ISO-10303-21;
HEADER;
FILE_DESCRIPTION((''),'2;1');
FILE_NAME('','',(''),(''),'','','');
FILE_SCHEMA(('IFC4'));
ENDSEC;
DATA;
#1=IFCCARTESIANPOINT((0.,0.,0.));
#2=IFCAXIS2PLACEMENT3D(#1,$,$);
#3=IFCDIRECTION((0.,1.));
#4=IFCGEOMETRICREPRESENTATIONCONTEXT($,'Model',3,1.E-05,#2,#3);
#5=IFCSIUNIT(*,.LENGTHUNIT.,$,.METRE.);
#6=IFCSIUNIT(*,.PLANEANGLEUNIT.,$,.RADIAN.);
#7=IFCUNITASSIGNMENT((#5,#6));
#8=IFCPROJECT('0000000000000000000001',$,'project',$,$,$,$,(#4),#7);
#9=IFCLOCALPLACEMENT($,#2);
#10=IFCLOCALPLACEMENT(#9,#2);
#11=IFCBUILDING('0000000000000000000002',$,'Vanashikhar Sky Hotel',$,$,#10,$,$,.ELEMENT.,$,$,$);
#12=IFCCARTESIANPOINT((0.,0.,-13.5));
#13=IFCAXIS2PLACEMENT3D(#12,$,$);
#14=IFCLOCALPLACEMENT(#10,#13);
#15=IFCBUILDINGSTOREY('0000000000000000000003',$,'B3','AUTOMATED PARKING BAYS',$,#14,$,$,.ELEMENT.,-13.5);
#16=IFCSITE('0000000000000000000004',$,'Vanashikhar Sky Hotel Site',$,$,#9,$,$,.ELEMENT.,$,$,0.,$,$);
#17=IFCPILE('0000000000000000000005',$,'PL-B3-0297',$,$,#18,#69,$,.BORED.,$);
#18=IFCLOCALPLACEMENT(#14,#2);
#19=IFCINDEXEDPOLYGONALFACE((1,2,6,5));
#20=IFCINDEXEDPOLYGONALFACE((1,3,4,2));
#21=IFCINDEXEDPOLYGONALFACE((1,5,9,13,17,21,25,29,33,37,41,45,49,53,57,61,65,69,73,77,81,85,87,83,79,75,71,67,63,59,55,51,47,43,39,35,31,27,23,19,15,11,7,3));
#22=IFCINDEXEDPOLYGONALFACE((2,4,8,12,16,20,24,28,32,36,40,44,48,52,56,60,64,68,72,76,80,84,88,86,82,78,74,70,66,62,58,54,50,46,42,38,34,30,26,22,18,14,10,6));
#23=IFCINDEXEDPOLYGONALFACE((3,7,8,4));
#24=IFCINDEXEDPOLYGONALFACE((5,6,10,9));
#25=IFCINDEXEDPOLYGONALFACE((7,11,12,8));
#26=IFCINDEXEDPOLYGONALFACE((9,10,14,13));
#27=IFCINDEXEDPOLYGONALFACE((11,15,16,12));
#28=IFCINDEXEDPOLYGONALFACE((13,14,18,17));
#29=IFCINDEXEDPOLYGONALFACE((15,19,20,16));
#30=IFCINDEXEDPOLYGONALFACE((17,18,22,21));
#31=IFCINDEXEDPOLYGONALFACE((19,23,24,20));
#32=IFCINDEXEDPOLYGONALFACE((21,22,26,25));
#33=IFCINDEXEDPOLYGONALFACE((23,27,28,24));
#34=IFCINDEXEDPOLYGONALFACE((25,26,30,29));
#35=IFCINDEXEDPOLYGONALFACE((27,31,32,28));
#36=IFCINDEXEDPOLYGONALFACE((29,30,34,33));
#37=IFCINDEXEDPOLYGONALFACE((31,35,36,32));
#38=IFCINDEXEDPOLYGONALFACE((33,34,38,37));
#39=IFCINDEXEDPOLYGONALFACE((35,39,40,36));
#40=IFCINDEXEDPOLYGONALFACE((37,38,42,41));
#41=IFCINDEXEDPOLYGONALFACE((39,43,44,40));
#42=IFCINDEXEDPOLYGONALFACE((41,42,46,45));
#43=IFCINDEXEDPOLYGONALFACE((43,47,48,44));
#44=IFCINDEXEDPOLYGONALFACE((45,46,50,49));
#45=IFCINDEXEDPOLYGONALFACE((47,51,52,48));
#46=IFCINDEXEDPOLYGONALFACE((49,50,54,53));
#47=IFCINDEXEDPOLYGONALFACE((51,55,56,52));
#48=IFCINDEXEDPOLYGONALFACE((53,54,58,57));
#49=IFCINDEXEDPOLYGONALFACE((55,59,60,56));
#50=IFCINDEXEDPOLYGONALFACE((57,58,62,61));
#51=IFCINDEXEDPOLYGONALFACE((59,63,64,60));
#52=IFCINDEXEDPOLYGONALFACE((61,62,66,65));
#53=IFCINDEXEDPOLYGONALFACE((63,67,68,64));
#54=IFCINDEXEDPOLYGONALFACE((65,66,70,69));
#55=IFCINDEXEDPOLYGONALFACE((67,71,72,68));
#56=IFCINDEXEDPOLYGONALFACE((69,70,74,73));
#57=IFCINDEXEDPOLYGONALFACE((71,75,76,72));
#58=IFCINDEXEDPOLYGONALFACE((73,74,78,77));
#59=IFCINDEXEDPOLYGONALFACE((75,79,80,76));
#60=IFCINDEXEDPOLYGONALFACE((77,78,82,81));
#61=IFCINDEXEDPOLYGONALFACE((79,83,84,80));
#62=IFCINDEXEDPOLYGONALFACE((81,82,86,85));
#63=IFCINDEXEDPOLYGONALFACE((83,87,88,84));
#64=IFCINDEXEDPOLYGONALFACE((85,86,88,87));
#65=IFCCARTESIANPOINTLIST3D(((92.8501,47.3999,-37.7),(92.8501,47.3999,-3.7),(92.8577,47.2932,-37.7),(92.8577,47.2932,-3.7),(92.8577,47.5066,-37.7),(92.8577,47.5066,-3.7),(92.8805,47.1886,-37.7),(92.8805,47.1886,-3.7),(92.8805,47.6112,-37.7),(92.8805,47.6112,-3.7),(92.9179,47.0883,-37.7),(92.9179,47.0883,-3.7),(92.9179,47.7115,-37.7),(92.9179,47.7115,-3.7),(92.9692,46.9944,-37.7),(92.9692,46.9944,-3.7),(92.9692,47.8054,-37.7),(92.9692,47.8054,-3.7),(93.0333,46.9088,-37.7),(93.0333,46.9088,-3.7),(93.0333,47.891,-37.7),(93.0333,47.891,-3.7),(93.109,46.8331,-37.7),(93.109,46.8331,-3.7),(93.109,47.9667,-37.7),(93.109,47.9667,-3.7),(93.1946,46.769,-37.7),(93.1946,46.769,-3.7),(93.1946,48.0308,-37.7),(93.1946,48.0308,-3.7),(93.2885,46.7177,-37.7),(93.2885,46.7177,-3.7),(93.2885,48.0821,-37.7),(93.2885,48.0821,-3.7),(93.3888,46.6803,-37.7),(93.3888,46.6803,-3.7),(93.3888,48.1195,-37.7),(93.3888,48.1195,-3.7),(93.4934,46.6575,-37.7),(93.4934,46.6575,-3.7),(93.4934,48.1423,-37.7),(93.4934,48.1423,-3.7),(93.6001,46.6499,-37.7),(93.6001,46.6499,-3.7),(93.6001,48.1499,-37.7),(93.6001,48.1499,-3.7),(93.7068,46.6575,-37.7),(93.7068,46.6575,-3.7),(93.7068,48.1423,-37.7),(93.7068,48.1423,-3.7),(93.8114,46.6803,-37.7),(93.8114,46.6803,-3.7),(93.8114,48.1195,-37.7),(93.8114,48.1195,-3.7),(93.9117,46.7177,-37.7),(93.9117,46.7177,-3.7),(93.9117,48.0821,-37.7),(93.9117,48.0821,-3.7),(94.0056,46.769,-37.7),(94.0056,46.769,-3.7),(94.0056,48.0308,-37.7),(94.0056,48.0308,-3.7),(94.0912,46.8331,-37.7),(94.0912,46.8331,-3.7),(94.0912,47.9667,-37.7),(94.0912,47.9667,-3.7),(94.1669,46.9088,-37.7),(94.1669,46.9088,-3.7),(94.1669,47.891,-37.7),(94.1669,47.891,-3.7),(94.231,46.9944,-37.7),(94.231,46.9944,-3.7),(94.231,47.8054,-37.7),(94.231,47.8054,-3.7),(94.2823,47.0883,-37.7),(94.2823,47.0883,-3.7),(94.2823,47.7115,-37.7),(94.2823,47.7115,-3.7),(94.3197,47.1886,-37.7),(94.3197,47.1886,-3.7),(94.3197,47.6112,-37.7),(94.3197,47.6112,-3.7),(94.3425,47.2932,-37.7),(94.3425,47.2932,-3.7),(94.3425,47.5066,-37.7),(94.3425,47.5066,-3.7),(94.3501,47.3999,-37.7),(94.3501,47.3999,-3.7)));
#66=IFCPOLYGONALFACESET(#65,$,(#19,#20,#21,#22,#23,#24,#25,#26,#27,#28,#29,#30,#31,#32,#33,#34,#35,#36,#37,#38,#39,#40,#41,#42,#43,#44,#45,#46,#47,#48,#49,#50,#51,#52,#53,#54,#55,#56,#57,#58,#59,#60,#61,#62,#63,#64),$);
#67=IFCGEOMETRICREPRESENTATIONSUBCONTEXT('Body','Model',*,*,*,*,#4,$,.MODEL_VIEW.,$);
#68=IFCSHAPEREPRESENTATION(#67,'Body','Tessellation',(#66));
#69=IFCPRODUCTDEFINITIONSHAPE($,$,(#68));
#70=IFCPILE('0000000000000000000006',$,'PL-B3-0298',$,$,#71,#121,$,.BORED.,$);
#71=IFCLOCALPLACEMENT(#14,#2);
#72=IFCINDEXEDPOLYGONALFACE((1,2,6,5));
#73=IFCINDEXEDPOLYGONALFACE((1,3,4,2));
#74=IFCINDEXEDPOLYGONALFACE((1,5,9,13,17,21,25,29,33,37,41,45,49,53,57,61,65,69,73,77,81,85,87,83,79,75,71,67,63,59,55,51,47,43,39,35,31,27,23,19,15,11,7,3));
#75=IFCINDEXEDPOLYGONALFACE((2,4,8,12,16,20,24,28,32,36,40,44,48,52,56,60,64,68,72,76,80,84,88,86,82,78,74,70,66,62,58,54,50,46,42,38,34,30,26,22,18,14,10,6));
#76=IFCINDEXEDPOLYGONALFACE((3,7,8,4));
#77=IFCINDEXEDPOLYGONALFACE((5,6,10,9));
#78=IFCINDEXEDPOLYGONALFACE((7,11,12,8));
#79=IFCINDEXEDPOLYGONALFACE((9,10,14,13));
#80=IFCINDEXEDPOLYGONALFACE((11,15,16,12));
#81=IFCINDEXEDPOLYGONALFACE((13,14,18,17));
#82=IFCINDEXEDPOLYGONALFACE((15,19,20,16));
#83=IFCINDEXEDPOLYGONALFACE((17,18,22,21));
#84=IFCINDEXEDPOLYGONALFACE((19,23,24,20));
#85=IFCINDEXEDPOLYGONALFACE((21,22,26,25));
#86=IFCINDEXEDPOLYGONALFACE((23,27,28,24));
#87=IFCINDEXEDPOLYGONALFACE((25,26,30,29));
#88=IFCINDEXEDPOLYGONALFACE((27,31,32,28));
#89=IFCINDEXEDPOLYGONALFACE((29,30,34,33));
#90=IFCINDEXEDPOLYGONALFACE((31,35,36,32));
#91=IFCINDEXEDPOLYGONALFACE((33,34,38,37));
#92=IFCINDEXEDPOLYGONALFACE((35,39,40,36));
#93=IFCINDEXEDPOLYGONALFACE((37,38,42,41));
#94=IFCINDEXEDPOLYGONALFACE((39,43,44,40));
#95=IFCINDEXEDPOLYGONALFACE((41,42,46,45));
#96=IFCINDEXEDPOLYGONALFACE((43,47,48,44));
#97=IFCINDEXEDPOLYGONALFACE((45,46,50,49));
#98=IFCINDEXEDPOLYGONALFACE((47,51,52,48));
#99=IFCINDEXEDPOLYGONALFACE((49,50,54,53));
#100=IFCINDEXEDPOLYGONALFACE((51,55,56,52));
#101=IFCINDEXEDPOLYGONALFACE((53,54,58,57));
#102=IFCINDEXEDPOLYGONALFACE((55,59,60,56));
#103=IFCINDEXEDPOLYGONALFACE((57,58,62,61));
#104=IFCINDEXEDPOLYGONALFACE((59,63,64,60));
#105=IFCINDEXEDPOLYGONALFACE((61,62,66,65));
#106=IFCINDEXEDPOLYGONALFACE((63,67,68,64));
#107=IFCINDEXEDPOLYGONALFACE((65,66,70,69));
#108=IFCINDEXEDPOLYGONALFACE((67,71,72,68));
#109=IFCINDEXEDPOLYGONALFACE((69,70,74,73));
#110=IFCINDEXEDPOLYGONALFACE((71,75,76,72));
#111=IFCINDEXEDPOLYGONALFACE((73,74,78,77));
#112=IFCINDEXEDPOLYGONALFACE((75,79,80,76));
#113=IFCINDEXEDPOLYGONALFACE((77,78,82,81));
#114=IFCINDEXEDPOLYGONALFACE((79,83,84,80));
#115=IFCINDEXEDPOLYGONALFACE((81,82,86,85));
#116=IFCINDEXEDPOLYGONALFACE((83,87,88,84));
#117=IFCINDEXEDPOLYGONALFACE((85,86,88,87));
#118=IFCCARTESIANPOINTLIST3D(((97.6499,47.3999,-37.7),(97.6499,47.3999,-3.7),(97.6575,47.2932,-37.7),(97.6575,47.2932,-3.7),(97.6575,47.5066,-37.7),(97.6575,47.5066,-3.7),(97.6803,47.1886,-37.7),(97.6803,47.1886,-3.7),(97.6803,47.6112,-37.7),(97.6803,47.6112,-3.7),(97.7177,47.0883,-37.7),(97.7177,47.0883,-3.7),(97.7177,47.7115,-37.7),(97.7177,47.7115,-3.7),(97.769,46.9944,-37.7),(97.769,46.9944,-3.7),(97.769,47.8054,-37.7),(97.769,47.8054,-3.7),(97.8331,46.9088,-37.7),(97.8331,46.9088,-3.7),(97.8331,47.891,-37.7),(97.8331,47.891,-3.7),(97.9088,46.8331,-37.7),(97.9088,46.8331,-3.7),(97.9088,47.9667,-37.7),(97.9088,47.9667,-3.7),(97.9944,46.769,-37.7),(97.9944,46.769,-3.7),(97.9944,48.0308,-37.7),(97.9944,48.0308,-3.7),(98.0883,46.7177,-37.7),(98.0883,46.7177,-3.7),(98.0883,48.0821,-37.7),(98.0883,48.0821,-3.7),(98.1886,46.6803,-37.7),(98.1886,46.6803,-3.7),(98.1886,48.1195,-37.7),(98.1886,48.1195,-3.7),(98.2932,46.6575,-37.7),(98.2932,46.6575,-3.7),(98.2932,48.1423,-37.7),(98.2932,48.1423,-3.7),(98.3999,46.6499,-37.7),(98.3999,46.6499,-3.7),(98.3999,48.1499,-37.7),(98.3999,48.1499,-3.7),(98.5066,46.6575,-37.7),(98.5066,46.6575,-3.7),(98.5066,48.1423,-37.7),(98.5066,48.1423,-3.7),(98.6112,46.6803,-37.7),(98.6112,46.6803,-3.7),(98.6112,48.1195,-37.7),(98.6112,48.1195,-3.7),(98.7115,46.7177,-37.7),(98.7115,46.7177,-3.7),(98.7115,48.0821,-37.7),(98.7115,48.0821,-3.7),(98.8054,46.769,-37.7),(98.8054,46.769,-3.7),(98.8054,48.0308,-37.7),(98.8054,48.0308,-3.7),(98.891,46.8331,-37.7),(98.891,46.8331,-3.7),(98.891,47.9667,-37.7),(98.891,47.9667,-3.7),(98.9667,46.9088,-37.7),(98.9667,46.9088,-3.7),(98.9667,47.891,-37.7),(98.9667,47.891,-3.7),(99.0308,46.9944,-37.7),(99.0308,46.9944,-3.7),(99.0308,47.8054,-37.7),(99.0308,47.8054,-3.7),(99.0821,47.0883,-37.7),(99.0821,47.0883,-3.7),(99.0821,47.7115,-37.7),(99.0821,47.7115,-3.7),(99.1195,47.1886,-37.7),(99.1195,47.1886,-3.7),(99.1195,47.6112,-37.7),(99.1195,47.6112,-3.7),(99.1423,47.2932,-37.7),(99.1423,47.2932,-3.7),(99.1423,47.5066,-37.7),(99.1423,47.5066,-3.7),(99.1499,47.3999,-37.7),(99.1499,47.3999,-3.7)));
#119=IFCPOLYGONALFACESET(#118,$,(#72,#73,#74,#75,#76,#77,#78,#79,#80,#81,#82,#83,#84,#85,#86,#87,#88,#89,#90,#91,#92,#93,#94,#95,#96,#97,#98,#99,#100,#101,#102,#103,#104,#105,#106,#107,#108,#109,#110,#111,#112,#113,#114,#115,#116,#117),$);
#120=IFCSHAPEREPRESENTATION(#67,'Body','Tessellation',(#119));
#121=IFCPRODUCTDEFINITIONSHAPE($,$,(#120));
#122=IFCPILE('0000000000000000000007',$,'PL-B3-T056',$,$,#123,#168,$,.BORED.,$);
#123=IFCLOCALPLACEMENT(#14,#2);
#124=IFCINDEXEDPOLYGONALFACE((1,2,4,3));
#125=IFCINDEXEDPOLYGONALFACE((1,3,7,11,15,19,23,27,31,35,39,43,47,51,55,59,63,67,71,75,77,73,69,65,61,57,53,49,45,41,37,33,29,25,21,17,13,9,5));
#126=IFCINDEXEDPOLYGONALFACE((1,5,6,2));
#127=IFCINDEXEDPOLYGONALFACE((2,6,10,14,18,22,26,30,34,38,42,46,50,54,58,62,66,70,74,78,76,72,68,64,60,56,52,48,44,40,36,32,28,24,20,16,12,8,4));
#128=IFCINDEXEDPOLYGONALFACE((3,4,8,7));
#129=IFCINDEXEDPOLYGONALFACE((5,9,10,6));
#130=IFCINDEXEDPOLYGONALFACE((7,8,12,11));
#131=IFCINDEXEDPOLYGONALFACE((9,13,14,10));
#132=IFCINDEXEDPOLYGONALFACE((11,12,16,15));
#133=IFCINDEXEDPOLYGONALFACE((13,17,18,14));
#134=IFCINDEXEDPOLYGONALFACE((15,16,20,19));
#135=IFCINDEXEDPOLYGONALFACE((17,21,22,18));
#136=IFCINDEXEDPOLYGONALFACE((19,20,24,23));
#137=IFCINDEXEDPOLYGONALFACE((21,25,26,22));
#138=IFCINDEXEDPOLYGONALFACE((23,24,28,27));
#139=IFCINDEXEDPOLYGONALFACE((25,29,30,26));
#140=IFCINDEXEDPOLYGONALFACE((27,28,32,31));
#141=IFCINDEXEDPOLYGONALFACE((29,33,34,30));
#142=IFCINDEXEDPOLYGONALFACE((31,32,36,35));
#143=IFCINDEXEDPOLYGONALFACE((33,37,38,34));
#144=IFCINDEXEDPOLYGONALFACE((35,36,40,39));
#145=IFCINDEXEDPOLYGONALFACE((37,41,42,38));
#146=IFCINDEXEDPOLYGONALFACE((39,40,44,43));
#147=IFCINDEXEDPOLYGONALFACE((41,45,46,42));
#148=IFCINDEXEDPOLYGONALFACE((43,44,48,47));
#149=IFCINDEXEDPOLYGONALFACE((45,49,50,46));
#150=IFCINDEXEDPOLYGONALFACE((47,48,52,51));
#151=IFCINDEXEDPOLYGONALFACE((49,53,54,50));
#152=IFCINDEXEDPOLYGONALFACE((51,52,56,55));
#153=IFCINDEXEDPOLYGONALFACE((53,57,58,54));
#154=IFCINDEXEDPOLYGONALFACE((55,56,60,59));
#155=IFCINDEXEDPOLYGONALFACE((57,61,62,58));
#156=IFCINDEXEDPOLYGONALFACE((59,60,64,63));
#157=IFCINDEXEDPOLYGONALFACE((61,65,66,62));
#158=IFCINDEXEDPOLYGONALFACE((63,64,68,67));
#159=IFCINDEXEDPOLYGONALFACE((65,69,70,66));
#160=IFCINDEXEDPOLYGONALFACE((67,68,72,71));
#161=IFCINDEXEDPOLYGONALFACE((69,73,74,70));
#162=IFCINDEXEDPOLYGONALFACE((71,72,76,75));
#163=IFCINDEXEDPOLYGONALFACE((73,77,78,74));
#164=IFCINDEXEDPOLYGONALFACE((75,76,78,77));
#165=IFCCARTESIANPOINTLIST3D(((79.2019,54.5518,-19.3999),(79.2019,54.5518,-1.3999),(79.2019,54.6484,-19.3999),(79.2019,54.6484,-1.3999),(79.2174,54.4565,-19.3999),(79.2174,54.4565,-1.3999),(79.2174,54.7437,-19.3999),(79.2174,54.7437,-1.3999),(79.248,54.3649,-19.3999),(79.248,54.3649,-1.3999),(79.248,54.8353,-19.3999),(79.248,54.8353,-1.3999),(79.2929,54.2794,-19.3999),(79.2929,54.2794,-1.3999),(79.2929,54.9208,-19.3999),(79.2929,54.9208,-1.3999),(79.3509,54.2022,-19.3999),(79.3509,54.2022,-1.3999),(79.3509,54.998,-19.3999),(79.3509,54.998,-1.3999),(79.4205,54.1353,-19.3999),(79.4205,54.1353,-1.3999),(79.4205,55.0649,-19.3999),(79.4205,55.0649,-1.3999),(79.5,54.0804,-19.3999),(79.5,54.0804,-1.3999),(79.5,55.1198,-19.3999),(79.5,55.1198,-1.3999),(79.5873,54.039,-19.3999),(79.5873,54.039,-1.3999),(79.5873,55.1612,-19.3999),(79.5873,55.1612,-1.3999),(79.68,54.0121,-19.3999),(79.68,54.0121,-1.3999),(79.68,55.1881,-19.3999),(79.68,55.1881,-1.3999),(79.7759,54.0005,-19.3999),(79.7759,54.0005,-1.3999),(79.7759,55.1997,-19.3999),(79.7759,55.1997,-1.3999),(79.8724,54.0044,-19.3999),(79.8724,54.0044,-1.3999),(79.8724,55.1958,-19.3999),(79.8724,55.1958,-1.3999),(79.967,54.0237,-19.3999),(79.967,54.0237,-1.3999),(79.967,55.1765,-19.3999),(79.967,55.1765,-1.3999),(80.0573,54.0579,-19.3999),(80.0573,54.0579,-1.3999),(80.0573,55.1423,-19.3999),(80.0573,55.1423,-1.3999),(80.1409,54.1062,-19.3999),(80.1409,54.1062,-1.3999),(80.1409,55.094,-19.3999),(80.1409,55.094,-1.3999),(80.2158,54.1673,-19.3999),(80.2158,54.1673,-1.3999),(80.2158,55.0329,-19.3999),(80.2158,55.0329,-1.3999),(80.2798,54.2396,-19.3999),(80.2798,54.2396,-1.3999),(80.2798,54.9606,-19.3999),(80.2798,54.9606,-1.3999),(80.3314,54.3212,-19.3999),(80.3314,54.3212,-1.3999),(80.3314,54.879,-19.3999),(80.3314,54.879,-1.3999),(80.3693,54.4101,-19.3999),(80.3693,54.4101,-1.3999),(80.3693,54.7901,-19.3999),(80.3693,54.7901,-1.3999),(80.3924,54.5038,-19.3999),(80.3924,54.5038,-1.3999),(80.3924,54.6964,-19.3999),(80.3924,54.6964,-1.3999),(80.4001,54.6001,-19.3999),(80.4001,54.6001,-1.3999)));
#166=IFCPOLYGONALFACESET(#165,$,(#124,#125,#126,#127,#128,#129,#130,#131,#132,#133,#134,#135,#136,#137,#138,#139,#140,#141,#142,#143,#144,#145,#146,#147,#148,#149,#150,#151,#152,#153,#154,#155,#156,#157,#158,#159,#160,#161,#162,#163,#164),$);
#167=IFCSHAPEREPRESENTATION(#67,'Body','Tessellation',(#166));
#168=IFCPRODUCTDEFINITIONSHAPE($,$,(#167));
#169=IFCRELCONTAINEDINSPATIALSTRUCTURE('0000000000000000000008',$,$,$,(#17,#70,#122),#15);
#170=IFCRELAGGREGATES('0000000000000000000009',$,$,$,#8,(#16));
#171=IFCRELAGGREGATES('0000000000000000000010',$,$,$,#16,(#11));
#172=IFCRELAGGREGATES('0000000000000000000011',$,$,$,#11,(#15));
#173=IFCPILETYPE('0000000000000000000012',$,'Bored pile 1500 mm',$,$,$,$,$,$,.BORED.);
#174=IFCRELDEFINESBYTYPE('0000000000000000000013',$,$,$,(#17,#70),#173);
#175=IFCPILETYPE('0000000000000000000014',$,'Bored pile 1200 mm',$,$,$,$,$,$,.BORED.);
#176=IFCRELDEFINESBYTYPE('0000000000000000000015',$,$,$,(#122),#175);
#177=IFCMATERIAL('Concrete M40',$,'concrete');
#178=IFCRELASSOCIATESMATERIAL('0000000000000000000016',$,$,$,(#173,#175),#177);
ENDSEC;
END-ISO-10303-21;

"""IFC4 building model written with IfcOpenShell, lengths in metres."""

from ifc_helpers import new_model, si_unit, direction, frame, origin, origin_2d, place, context, subcontext, project, spatial, circle, extrude, source, transform, mapped, material, type_object, element, save


model = new_model("IFC4")

# Units and contexts
model_context = context("Model", 3, precision=1e-05, world=origin(), true_north=direction((0.0, 1.0)))
body_context = subcontext(model_context, "Body", "Model", "MODEL_VIEW")
ifc_project = project(units=[si_unit("LENGTHUNIT", "METRE"), si_unit("PLANEANGLEUNIT", "RADIAN")], contexts=[model_context])

# Site, building, storey
site_placement = place(None, origin())
site = spatial("IfcSite", under=ifc_project, at=site_placement, Name="Vanashikhar Sky Hotel Site", CompositionType="ELEMENT", RefElevation=0.0)
building_placement = place(site_placement, origin())
building = spatial("IfcBuilding", under=site, at=building_placement, Name="Vanashikhar Sky Hotel", CompositionType="ELEMENT")
storey_placement = place(building_placement, frame((0.0, 0.0, -13.5)))
storey = spatial("IfcBuildingStorey", under=building, at=storey_placement, Name="B3", Description="AUTOMATED PARKING BAYS", CompositionType="ELEMENT", Elevation=-13.5)

# Piles
ifc_material_1 = material(Name="Concrete M40", Category="concrete")
pile_type_1 = type_object("IfcPileType", Name="Bored pile 1500 mm", PredefinedType="BORED", material=ifc_material_1)
shared_shape_1 = source(origin(), body_context, "Body", "SweptSolid", [
    extrude(circle(Radius=0.75, at=origin_2d()), origin(), (0.0, 0.0, 1.0), 34.0),
])
for number, where, z_axis, x_axis, name in (
    (1, (93.6001, 47.3999, -3.7), (0.0, 0.0, -1.0), (1.0, 0.0, 0.0), "PL-B3-0297"),
    (2, (98.3999, 47.3999, -3.7), (0.0, 0.0, -1.0), (1.0, 0.0, 0.0), "PL-B3-0298"),
):
    element("IfcPile", number, at=place(storey_placement, frame(where, z_axis=z_axis, x_axis=x_axis)), inside=storey, type_object=pile_type_1, Name=name, PredefinedType="BORED", context=body_context, shape_type="MappedRepresentation", body=[
        mapped(shared_shape_1, transform((0.0, 0.0, 0.0), scale=1.0)),
    ])
pile_type_2 = type_object("IfcPileType", Name="Bored pile 1200 mm", PredefinedType="BORED", material=ifc_material_1)
shared_shape_2 = source(origin(), body_context, "Body", "SweptSolid", [
    extrude(circle(Radius=0.6001, at=origin_2d()), origin(), (0.0, 0.0, 1.0), 18.0),
])
for number, where, z_axis, x_axis, name in (
    (3, (79.8, 54.6001, -1.3999), (0.0, 0.0, -1.0), (1.0, 0.0, 0.0), "PL-B3-T056"),
):
    element("IfcPile", number, at=place(storey_placement, frame(where, z_axis=z_axis, x_axis=x_axis)), inside=storey, type_object=pile_type_2, Name=name, PredefinedType="BORED", context=body_context, shape_type="MappedRepresentation", body=[
        mapped(shared_shape_2, transform((0.0, 0.0, 0.0), scale=1.0)),
    ])

save(model, "model.ifc")
